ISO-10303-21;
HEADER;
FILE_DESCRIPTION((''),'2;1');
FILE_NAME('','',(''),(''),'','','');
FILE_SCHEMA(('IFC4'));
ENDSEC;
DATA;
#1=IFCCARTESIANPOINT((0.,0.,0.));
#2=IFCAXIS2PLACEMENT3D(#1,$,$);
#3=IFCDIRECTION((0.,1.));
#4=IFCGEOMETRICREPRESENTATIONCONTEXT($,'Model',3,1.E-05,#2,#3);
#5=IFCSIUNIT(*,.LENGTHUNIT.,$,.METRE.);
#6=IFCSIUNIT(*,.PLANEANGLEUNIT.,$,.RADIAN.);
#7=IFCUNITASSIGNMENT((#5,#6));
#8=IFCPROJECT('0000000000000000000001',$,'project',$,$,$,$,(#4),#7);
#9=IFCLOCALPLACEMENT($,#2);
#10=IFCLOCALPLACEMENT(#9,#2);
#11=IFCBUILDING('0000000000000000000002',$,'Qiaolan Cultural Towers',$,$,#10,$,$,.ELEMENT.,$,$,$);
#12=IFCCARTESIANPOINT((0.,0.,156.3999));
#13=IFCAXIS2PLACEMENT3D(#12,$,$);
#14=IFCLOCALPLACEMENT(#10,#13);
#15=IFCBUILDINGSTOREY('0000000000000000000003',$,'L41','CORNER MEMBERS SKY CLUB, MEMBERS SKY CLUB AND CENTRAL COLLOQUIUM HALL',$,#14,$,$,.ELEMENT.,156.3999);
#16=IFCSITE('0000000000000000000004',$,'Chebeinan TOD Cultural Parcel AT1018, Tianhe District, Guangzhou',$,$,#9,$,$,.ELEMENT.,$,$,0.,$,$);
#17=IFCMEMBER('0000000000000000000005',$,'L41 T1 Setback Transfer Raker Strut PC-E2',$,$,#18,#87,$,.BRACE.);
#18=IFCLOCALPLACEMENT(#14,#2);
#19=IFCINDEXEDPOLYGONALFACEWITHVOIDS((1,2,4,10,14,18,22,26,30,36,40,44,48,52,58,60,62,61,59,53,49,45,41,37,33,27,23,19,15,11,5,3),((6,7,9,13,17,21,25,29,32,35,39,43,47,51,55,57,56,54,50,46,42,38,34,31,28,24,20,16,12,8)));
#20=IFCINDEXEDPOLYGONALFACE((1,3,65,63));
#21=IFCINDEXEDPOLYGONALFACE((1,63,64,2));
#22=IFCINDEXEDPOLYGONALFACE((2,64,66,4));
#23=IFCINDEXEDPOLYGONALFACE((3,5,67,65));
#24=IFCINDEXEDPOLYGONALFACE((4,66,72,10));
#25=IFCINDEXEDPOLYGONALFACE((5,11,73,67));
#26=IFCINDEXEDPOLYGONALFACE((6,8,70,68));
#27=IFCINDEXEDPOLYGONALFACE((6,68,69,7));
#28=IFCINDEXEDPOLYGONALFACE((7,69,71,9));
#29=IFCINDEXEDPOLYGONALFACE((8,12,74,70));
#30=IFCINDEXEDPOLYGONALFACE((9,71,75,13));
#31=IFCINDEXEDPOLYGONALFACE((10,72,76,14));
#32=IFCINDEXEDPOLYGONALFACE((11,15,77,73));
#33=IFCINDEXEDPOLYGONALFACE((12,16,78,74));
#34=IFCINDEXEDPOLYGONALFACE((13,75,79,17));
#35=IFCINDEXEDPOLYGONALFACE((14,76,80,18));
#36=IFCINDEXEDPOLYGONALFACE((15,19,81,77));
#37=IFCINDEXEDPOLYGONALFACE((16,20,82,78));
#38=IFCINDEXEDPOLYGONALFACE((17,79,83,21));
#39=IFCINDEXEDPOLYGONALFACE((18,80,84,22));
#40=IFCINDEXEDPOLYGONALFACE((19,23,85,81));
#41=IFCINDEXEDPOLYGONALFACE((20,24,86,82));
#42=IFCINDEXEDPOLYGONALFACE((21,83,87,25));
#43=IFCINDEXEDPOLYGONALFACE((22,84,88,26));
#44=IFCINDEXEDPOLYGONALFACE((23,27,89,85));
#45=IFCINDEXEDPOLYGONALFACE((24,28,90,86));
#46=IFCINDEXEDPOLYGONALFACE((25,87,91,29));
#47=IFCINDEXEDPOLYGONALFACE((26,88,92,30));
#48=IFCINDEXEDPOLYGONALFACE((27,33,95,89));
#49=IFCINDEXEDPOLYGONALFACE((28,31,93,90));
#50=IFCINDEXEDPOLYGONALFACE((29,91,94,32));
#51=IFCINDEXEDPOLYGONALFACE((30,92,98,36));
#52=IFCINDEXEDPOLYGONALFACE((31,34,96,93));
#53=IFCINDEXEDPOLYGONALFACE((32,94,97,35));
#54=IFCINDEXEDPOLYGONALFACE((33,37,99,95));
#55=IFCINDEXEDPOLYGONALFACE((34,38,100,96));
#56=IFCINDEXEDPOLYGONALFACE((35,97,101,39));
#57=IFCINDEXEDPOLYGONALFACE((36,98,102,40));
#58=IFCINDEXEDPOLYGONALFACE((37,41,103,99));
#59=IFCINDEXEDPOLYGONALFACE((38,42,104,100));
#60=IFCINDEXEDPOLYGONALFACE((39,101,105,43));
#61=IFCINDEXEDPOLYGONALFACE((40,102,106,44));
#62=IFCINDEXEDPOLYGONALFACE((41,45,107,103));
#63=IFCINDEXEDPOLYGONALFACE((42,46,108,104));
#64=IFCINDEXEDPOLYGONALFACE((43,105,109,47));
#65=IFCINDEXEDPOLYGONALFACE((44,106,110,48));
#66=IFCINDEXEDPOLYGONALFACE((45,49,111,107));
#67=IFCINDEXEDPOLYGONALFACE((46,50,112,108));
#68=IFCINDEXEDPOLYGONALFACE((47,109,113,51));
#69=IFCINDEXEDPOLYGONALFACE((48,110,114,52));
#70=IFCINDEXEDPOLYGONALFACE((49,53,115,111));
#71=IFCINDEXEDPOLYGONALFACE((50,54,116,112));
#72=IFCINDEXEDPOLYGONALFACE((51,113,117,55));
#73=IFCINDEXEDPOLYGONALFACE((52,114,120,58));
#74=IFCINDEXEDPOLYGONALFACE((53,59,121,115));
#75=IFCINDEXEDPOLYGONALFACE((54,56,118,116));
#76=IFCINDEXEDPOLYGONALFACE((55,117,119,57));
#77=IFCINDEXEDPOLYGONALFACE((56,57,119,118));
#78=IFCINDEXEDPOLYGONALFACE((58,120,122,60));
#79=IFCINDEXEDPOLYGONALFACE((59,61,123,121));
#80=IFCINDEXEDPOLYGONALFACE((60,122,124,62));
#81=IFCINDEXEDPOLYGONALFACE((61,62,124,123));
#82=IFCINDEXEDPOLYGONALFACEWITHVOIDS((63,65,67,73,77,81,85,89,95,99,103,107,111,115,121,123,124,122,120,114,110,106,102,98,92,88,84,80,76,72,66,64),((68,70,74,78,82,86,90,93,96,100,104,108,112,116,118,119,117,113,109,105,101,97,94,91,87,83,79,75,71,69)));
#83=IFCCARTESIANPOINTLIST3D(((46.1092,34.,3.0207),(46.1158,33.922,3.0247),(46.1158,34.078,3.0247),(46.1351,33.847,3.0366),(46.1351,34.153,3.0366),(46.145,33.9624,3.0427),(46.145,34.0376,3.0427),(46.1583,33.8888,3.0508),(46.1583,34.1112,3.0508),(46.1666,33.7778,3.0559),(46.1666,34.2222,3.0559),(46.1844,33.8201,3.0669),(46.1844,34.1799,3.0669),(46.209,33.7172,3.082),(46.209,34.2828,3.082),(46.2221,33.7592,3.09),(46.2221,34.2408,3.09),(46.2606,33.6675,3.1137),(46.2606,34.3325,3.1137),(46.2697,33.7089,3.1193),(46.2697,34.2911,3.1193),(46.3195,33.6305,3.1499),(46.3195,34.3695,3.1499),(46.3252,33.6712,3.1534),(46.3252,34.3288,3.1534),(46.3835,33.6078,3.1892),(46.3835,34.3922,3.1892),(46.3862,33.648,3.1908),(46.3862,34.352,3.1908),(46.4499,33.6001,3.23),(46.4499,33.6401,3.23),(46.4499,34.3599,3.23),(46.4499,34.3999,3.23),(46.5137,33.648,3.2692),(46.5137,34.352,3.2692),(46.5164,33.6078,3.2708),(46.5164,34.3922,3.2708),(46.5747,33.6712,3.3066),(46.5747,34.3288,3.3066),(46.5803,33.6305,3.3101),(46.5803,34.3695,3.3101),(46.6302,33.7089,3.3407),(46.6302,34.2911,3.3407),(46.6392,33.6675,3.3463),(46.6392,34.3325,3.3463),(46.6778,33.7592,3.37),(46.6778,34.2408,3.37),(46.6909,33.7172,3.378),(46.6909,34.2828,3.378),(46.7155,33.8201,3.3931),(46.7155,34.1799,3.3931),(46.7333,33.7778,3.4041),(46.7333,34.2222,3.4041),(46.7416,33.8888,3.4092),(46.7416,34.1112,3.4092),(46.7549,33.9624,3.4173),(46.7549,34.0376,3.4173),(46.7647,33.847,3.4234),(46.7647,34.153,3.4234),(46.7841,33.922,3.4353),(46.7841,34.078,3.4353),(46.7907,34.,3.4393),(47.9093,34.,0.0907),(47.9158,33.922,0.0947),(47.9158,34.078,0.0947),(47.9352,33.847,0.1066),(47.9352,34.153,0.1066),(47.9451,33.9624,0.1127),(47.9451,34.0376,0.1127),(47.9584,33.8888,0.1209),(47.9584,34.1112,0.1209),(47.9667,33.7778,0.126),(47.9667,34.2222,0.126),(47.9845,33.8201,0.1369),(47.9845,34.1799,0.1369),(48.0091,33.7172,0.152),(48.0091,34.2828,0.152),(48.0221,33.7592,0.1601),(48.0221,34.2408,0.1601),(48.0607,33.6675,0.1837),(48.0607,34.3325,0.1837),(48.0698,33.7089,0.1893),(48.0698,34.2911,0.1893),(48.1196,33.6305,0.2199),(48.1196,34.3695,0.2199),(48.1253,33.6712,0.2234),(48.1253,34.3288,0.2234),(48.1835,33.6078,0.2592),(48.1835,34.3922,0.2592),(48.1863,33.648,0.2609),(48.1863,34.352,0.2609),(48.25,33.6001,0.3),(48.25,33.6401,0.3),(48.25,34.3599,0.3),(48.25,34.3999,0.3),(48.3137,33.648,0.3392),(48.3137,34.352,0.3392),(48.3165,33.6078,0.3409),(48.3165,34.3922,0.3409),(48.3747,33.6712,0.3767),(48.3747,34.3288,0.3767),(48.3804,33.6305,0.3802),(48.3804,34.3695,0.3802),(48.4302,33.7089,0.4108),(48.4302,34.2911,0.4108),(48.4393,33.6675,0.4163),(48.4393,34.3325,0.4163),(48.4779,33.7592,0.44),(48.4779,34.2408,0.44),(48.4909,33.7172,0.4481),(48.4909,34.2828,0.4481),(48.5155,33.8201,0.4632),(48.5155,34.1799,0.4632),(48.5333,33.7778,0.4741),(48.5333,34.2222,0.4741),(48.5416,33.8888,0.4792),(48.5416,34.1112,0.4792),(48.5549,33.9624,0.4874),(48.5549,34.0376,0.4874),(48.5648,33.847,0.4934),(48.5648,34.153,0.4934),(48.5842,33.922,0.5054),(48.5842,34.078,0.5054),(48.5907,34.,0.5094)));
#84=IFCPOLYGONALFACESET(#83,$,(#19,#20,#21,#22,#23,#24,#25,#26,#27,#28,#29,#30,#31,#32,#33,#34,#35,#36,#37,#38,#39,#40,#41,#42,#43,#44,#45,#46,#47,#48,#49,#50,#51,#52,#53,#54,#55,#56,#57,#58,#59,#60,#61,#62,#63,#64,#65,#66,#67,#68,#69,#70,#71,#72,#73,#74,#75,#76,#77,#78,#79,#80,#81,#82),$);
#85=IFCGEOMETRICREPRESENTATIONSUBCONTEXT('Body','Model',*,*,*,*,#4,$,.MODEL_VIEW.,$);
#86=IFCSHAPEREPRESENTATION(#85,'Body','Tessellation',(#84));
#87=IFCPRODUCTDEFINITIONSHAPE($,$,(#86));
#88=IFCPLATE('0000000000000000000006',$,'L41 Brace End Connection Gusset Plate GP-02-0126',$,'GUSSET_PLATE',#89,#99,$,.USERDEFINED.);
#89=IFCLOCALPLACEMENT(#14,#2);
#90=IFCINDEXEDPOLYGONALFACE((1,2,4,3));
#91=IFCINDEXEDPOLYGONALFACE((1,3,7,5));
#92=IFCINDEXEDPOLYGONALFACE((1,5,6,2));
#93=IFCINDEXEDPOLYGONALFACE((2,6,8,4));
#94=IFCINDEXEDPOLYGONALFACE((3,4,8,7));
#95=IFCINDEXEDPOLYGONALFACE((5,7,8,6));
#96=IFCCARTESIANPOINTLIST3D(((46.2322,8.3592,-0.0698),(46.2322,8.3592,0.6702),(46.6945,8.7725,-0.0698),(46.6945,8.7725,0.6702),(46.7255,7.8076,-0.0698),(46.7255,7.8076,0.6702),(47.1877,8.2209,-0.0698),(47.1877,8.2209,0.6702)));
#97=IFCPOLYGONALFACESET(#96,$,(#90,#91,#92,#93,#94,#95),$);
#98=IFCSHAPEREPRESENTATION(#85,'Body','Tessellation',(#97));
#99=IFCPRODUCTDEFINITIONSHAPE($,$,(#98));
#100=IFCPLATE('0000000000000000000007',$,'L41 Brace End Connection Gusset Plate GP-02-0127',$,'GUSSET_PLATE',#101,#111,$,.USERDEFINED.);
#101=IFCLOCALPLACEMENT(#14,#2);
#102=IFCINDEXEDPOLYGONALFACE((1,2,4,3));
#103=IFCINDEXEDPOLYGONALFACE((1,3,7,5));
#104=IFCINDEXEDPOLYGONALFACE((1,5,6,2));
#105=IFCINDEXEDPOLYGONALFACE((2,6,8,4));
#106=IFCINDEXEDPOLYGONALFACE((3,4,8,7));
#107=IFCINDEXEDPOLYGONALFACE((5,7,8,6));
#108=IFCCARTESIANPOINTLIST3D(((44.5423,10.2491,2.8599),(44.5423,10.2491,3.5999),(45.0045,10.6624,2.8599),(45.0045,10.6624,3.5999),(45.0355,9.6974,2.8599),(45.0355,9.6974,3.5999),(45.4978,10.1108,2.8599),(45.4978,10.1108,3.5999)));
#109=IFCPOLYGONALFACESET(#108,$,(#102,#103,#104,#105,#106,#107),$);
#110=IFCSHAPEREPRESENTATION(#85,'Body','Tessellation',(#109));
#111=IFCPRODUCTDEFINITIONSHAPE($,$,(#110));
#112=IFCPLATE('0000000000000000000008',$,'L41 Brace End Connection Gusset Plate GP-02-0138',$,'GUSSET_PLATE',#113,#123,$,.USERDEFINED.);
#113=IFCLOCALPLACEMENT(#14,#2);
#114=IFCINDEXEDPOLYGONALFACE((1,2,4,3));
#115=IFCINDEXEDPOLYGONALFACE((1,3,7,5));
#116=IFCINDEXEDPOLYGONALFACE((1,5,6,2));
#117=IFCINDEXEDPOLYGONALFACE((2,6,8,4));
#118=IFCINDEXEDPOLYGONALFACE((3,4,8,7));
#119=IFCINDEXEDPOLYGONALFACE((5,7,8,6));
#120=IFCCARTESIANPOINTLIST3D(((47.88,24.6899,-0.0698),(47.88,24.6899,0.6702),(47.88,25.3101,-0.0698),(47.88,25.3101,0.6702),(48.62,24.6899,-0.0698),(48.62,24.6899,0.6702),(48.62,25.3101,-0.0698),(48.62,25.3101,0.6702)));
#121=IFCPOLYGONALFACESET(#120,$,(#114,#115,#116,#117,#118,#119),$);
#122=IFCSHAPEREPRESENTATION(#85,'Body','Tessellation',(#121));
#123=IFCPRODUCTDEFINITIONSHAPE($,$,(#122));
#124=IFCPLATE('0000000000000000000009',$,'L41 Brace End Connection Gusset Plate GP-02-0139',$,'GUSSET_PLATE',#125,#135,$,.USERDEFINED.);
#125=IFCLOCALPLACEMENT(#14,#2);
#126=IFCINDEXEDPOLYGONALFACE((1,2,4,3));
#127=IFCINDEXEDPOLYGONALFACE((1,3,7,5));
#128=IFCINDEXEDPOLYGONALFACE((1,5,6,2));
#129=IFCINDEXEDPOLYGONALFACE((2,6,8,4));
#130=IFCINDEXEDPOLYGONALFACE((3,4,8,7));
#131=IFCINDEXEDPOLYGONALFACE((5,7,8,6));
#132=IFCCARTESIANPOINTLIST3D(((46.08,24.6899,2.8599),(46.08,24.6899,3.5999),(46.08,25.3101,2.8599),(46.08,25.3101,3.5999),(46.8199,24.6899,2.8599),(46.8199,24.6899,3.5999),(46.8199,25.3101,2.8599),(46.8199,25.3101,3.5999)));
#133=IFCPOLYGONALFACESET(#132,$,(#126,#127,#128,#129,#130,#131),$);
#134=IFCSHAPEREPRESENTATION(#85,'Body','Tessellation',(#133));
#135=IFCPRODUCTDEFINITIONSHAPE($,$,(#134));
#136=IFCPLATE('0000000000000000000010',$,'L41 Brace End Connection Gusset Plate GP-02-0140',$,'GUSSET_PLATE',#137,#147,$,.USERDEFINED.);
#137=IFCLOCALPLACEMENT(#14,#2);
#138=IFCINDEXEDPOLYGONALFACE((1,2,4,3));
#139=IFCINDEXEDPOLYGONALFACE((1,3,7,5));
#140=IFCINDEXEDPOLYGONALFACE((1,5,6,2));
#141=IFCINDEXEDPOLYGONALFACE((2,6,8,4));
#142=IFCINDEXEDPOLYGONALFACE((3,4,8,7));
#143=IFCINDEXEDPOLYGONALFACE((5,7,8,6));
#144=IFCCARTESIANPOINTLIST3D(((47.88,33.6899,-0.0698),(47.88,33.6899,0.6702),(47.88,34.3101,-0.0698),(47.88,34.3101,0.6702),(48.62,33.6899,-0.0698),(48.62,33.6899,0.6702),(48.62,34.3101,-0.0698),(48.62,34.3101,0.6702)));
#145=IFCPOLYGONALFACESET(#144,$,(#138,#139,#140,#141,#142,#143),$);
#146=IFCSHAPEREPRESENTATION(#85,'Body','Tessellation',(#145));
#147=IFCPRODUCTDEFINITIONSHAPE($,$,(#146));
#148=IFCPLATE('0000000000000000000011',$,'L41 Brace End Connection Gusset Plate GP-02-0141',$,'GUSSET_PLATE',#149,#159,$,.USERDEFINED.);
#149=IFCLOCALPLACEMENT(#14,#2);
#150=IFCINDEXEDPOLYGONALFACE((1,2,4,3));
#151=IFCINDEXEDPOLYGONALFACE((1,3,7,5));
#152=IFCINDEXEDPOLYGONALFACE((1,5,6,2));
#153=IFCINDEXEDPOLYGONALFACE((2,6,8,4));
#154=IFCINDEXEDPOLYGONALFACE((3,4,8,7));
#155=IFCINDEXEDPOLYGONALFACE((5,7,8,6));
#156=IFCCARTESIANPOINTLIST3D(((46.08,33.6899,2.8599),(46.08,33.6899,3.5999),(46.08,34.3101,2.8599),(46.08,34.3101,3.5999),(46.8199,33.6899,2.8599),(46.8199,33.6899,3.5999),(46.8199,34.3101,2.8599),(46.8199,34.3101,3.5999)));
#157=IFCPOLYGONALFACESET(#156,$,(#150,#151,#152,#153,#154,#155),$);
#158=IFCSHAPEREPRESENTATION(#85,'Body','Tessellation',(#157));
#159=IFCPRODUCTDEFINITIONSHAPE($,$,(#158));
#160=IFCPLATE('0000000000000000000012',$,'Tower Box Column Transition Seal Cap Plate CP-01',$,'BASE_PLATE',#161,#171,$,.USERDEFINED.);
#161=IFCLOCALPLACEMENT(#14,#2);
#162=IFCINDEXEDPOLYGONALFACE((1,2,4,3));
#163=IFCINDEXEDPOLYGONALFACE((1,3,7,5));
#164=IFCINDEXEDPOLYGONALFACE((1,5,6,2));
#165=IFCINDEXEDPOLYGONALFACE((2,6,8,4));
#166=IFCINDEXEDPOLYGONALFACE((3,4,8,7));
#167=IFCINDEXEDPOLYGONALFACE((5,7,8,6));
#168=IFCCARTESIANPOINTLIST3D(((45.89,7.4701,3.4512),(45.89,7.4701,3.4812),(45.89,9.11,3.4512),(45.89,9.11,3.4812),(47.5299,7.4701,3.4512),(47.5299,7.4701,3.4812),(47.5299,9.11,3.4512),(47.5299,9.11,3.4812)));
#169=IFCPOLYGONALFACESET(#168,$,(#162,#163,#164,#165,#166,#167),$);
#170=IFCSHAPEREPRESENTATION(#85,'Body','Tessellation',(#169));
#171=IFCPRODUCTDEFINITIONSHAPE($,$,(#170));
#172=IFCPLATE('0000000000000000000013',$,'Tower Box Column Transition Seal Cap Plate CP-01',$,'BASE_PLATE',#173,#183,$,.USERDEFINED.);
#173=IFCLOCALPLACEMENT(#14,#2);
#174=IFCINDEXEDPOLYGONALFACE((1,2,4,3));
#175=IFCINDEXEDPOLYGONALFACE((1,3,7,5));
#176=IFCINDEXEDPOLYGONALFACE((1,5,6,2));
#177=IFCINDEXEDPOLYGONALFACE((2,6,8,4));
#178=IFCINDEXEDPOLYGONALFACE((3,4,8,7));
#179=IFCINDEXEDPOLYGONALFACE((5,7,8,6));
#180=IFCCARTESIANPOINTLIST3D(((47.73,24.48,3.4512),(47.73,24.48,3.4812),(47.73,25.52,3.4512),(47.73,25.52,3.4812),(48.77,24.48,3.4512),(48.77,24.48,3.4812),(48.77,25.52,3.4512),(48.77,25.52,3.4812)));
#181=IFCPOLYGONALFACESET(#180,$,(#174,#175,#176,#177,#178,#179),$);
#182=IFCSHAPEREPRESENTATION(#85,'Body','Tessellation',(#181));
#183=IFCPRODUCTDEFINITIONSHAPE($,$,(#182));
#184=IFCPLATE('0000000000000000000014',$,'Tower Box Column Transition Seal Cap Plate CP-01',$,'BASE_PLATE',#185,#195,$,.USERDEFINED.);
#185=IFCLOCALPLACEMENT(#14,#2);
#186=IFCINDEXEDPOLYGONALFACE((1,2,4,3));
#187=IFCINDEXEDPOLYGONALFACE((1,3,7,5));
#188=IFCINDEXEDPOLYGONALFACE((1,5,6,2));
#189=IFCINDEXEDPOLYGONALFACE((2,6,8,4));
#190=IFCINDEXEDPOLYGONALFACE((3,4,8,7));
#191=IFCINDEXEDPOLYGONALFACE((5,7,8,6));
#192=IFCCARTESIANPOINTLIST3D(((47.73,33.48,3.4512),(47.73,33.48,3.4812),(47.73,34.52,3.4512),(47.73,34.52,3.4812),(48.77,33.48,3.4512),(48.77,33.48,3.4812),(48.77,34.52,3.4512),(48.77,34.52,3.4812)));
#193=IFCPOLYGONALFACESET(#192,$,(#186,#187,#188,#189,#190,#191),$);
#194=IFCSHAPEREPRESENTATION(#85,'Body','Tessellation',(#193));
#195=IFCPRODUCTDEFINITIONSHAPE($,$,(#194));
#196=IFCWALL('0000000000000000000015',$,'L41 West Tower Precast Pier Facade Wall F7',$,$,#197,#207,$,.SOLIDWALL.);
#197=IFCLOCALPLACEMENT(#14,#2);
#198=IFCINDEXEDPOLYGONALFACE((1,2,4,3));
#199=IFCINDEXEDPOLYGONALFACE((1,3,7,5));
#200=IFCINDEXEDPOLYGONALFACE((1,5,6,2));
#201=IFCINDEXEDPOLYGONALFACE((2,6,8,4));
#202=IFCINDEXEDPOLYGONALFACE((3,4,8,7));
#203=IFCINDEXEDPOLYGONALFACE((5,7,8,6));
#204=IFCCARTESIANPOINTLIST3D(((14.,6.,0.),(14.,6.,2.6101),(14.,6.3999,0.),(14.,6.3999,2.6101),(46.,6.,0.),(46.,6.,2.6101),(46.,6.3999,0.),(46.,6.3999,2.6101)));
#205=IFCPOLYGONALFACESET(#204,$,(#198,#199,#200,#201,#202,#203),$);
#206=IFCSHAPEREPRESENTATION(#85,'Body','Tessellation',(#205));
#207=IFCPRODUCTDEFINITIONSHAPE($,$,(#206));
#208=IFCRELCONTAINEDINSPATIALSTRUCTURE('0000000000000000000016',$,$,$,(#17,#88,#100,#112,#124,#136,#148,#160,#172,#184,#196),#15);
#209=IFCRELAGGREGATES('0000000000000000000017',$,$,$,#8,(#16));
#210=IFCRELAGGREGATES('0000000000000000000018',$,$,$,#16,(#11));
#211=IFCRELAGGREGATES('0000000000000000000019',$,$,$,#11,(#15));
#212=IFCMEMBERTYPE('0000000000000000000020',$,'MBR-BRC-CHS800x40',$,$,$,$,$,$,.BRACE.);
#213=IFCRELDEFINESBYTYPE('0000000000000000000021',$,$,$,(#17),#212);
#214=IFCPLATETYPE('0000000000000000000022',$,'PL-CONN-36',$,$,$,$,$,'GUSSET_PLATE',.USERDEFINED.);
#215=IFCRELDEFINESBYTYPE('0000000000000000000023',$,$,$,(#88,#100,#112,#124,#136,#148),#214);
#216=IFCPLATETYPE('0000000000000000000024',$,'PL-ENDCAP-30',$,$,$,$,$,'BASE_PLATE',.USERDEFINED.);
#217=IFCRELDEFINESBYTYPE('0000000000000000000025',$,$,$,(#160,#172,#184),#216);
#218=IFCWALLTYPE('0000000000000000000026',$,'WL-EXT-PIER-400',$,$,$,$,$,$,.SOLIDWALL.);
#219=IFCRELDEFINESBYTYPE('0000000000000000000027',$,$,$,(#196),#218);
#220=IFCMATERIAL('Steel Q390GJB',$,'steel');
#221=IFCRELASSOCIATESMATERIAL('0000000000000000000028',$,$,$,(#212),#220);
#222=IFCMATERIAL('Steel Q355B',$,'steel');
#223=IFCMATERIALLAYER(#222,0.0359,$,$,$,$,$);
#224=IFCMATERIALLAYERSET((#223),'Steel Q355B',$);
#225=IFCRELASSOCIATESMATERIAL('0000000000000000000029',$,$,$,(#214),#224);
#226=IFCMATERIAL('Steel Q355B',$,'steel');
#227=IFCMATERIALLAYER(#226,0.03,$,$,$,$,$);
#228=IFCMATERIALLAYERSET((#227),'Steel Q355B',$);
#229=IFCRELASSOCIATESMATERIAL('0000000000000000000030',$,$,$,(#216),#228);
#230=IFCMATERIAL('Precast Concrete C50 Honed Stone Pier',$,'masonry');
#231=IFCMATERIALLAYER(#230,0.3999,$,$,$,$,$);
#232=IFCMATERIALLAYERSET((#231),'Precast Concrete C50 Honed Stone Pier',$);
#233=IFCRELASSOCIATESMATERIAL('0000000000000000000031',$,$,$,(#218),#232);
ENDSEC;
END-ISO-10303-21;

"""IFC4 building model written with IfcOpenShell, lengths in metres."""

from ifc_helpers import new_model, si_unit, direction, frame, frame_2d, origin, origin_2d, place, context, subcontext, project, spatial, rectangle, hollow_circle, extrude, material, layer, layer_set, material_profile, profile_set, type_object, element, save


model = new_model("IFC4")

# Units and contexts
model_context = context("Model", 3, precision=1e-05, world=origin(), true_north=direction((0.0, 1.0)))
body_context = subcontext(model_context, "Body", "Model", "MODEL_VIEW")
ifc_project = project(units=[si_unit("LENGTHUNIT", "METRE"), si_unit("PLANEANGLEUNIT", "RADIAN")], contexts=[model_context])

# Site, building, storey
site_placement = place(None, origin())
site = spatial("IfcSite", under=ifc_project, at=site_placement, Name="Chebeinan TOD Cultural Parcel AT1018, Tianhe District, Guangzhou", CompositionType="ELEMENT", RefElevation=0.0)
building_placement = place(site_placement, origin())
building = spatial("IfcBuilding", under=site, at=building_placement, Name="Qiaolan Cultural Towers", CompositionType="ELEMENT")
storey_placement = place(building_placement, frame((0.0, 0.0, 156.3999)))
storey = spatial("IfcBuildingStorey", under=building, at=storey_placement, Name="L41", Description="CORNER MEMBERS SKY CLUB, MEMBERS SKY CLUB AND CENTRAL COLLOQUIUM HALL", CompositionType="ELEMENT", Elevation=156.3999)

# Member
ifc_material_1 = material(Name="Steel Q390GJB", Category="steel")
ifc_material_profile_1 = material_profile(ifc_material_1, hollow_circle(Radius=0.3999, WallThickness=0.04, at=origin_2d()), Name="CHS800x40")
ifc_profile_set_1 = profile_set([ifc_material_profile_1], Name="Steel Q390GJB")
member_type = type_object("IfcMemberType", Name="MBR-BRC-CHS800x40", PredefinedType="BRACE", material=ifc_profile_set_1)
for number, where, z_axis, x_axis, name in (
    (1, (48.25, 34.0, 0.3), (-0.523467, 0.0, 0.852046), (0.0, -1.0, 0.0), "L41 T1 Setback Transfer Raker Strut PC-E2"),
):
    element("IfcMember", number, at=place(storey_placement, frame(where, z_axis=z_axis, x_axis=x_axis)), inside=storey, type_object=member_type, Name=name, PredefinedType="BRACE", context=body_context, shape_type="SweptSolid", body=[
        extrude(hollow_circle(Radius=0.3999, WallThickness=0.04, at=origin_2d()), origin(), (0.0, 0.0, 1.0), 3.4387),
    ])

# Plates
ifc_material_2 = material(Name="Steel Q355B", Category="steel")
ifc_layer_1 = layer(ifc_material_2, 0.0359)
ifc_layer_set_1 = layer_set([ifc_layer_1], Name="Steel Q355B")
plate_type_1 = type_object("IfcPlateType", Name="PL-CONN-36", ElementType="GUSSET_PLATE", PredefinedType="USERDEFINED", material=ifc_layer_set_1)
for number, where, z_axis, x_axis, name in (
    (2, (46.71, 8.29, -0.0698), (0.0, 0.0, 1.0), (-0.666564, 0.745448, 0.0), "L41 Brace End Connection Gusset Plate GP-02-0126"),
    (3, (45.02, 10.1799, 2.8599), (0.0, 0.0, 1.0), (-0.666564, 0.745448, 0.0), "L41 Brace End Connection Gusset Plate GP-02-0127"),
    (4, (48.25, 25.0, -0.0698), (0.0, 0.0, 1.0), (1.0, 0.0, 0.0), "L41 Brace End Connection Gusset Plate GP-02-0138"),
    (5, (46.45, 25.0, 2.8599), (0.0, 0.0, 1.0), (1.0, 0.0, 0.0), "L41 Brace End Connection Gusset Plate GP-02-0139"),
    (6, (48.25, 34.0, -0.0698), (0.0, 0.0, 1.0), (1.0, 0.0, 0.0), "L41 Brace End Connection Gusset Plate GP-02-0140"),
    (7, (46.45, 34.0, 2.8599), (0.0, 0.0, 1.0), (1.0, 0.0, 0.0), "L41 Brace End Connection Gusset Plate GP-02-0141"),
):
    element("IfcPlate", number, at=place(storey_placement, frame(where, z_axis=z_axis, x_axis=x_axis)), inside=storey, type_object=plate_type_1, Name=name, ObjectType="GUSSET_PLATE", PredefinedType="USERDEFINED", context=body_context, shape_type="SweptSolid", body=[
        extrude(rectangle(XDim=0.74, YDim=0.6201, at=origin_2d()), origin(), (0.0, 0.0, 1.0), 0.74),
    ])
ifc_material_3 = material(Name="Steel Q355B", Category="steel")
ifc_layer_2 = layer(ifc_material_3, 0.03)
ifc_layer_set_2 = layer_set([ifc_layer_2], Name="Steel Q355B")
plate_type_2 = type_object("IfcPlateType", Name="PL-ENDCAP-30", ElementType="BASE_PLATE", PredefinedType="USERDEFINED", material=ifc_layer_set_2)
plate_placement = place(storey_placement, frame((46.71, 8.29, 3.4512), z_axis=(0.0, 0.0, 1.0), x_axis=(1.0, 0.0, 0.0)))
element("IfcPlate", 8, at=plate_placement, inside=storey, type_object=plate_type_2, Name="Tower Box Column Transition Seal Cap Plate CP-01", ObjectType="BASE_PLATE", PredefinedType="USERDEFINED", context=body_context, shape_type="SweptSolid", body=[
    extrude(rectangle(XDim=1.6399, YDim=1.6399, at=origin_2d()), origin(), (0.0, 0.0, 1.0), 0.03),
])
for number, where, z_axis, x_axis, name in (
    (9, (48.25, 25.0, 3.4512), (0.0, 0.0, 1.0), (1.0, 0.0, 0.0), "Tower Box Column Transition Seal Cap Plate CP-01"),
    (10, (48.25, 34.0, 3.4512), (0.0, 0.0, 1.0), (1.0, 0.0, 0.0), "Tower Box Column Transition Seal Cap Plate CP-01"),
):
    element("IfcPlate", number, at=place(storey_placement, frame(where, z_axis=z_axis, x_axis=x_axis)), inside=storey, type_object=plate_type_2, Name=name, ObjectType="BASE_PLATE", PredefinedType="USERDEFINED", context=body_context, shape_type="SweptSolid", body=[
        extrude(rectangle(XDim=1.04, YDim=1.04, at=origin_2d()), origin(), (0.0, 0.0, 1.0), 0.03),
    ])

# Wall
ifc_material_4 = material(Name="Precast Concrete C50 Honed Stone Pier", Category="masonry")
ifc_layer_3 = layer(ifc_material_4, 0.3999)
ifc_layer_set_3 = layer_set([ifc_layer_3], Name="Precast Concrete C50 Honed Stone Pier")
wall_type = type_object("IfcWallType", Name="WL-EXT-PIER-400", PredefinedType="SOLIDWALL", material=ifc_layer_set_3)
wall_placement = place(storey_placement, frame((46.0, 6.2, 0.0), z_axis=(0.0, 0.0, 1.0), x_axis=(-1.0, 0.0, 0.0)))
element("IfcWall", 11, at=wall_placement, inside=storey, type_object=wall_type, Name="L41 West Tower Precast Pier Facade Wall F7", PredefinedType="SOLIDWALL", context=body_context, shape_type="SweptSolid", body=[
    extrude(rectangle(XDim=32.0, YDim=0.3999, at=frame_2d((16.0, 0.0))), origin(), (0.0, 0.0, 1.0), 2.6101),
])

save(model, "model.ifc")
